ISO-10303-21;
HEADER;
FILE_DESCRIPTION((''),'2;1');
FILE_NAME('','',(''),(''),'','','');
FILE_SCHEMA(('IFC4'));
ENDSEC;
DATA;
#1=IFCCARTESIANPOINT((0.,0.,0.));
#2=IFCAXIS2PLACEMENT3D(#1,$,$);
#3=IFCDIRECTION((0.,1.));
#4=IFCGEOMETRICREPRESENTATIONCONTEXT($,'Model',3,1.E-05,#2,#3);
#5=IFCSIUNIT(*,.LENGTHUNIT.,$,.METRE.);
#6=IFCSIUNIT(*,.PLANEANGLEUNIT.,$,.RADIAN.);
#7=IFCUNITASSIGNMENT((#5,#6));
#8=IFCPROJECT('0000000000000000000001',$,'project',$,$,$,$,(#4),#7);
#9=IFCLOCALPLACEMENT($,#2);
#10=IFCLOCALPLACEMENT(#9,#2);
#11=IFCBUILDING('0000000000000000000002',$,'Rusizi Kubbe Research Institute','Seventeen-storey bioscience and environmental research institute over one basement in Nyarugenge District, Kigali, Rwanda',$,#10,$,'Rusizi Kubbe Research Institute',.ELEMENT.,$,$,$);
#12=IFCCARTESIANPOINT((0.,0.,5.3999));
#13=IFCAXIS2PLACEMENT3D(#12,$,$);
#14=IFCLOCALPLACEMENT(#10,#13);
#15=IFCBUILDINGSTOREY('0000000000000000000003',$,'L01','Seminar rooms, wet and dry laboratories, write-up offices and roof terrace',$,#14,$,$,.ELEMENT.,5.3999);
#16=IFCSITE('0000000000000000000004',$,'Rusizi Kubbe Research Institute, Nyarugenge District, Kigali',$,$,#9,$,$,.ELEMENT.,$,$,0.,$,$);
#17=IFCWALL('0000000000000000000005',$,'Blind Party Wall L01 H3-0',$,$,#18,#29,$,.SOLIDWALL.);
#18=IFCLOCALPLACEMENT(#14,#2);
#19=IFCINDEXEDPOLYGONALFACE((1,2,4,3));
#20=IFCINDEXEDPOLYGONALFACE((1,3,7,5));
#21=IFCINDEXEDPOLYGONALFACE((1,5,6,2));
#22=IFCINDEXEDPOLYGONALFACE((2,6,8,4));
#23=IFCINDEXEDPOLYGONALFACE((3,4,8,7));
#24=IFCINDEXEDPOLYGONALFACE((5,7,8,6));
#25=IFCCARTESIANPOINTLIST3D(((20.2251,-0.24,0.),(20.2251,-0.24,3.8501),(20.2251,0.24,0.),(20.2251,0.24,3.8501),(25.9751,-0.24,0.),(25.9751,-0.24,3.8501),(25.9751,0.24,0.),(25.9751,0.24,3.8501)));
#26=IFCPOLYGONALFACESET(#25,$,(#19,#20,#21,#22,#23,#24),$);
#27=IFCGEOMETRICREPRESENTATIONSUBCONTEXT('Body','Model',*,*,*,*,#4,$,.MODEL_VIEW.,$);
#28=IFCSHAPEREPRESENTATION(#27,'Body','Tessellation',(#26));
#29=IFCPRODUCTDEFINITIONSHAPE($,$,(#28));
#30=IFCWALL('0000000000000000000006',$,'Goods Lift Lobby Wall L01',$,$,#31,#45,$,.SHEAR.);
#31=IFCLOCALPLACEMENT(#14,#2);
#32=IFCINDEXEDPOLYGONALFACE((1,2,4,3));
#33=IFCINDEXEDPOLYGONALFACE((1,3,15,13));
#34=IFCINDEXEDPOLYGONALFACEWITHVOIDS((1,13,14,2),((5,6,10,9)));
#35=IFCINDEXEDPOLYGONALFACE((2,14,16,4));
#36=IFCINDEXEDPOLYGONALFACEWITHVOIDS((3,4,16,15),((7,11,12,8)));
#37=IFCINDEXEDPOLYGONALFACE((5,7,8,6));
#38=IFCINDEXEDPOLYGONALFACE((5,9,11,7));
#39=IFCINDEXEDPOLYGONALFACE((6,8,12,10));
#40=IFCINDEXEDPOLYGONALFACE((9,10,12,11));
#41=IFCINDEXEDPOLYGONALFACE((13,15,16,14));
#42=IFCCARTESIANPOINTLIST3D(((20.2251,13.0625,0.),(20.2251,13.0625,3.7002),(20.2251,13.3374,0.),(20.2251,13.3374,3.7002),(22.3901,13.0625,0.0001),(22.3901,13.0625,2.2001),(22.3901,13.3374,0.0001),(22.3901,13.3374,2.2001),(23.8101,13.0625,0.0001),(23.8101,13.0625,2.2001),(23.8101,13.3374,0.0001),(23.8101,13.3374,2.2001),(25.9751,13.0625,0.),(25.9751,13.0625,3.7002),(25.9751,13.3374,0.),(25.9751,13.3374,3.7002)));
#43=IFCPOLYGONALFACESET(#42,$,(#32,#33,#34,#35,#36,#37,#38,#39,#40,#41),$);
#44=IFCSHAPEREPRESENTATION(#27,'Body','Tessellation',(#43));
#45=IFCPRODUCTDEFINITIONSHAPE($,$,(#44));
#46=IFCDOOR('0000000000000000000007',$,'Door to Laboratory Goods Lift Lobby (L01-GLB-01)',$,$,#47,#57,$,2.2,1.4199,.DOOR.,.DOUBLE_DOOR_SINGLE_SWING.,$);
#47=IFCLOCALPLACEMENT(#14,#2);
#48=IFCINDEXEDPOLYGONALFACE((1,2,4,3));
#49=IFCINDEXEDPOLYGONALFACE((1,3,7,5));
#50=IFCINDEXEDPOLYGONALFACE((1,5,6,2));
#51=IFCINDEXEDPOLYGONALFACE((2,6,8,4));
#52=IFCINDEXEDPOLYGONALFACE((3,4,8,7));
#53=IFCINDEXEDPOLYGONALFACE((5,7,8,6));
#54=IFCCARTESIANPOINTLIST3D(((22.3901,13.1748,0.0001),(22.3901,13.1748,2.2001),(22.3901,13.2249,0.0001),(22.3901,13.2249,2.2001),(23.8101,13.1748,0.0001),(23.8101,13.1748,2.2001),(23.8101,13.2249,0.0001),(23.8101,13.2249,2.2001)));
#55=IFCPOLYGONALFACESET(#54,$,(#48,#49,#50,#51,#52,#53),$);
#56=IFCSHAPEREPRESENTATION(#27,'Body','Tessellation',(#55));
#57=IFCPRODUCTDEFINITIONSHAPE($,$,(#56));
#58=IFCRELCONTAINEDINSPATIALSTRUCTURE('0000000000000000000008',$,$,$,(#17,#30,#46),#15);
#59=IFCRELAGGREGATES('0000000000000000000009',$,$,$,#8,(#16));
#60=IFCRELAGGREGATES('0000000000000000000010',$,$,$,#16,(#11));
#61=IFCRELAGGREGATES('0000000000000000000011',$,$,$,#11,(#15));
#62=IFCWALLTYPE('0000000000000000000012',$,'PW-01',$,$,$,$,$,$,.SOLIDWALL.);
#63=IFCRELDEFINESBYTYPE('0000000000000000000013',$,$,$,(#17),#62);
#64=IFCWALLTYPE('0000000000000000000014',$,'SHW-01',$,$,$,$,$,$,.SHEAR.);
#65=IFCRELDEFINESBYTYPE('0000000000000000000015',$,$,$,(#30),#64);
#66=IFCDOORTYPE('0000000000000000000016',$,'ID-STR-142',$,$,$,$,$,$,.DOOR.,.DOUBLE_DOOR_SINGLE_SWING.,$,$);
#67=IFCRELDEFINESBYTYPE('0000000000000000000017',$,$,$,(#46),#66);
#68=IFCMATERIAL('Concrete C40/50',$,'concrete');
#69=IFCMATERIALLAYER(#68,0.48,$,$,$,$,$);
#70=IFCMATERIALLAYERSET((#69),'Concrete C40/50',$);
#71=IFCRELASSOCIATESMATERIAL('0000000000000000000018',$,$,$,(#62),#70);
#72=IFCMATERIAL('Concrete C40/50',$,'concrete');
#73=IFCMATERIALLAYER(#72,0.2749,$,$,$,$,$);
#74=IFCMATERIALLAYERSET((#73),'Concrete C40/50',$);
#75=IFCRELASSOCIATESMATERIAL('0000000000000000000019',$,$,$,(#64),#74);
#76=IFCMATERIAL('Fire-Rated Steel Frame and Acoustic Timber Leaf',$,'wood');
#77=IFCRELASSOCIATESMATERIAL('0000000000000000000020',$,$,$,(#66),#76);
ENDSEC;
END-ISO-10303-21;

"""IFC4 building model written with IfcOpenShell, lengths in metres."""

from ifc_helpers import new_model, si_unit, direction, frame, frame_2d, origin, place, context, subcontext, project, spatial, rectangle, extrude, material, layer, layer_set, type_object, element, fill, save


model = new_model("IFC4")

# Units and contexts
model_context = context("Model", 3, precision=1e-05, world=origin(), true_north=direction((0.0, 1.0)))
body_context = subcontext(model_context, "Body", "Model", "MODEL_VIEW")
ifc_project = project(units=[si_unit("LENGTHUNIT", "METRE"), si_unit("PLANEANGLEUNIT", "RADIAN")], contexts=[model_context])

# Site, building, storey
site_placement = place(None, origin())
site = spatial("IfcSite", under=ifc_project, at=site_placement, Name="Rusizi Kubbe Research Institute, Nyarugenge District, Kigali", CompositionType="ELEMENT", RefElevation=0.0)
building_placement = place(site_placement, origin())
building = spatial("IfcBuilding", under=site, at=building_placement, Name="Rusizi Kubbe Research Institute", Description="Seventeen-storey bioscience and environmental research institute over one basement in Nyarugenge District, Kigali, Rwanda", LongName="Rusizi Kubbe Research Institute", CompositionType="ELEMENT")
storey_placement = place(building_placement, frame((0.0, 0.0, 5.3999)))
storey = spatial("IfcBuildingStorey", under=building, at=storey_placement, Name="L01", Description="Seminar rooms, wet and dry laboratories, write-up offices and roof terrace", CompositionType="ELEMENT", Elevation=5.3999)

# Wall
ifc_material_1 = material(Name="Concrete C40/50", Category="concrete")
ifc_layer_1 = layer(ifc_material_1, 0.48)
ifc_layer_set_1 = layer_set([ifc_layer_1], Name="Concrete C40/50")
wall_type_1 = type_object("IfcWallType", Name="PW-01", PredefinedType="SOLIDWALL", material=ifc_layer_set_1)
wall_1_placement = place(storey_placement, frame((20.2251, 0.0, 0.0), z_axis=(0.0, 0.0, 1.0), x_axis=(1.0, 0.0, 0.0)))
element("IfcWall", 1, at=wall_1_placement, inside=storey, type_object=wall_type_1, Name="Blind Party Wall L01 H3-0", PredefinedType="SOLIDWALL", context=body_context, shape_type="SweptSolid", body=[
    extrude(rectangle(XDim=5.75, YDim=0.48, at=frame_2d((2.875, 0.0))), origin(), (0.0, 0.0, 1.0), 3.8501),
])

# Wall, opening, door
ifc_material_2 = material(Name="Concrete C40/50", Category="concrete")
ifc_layer_2 = layer(ifc_material_2, 0.2749)
ifc_layer_set_2 = layer_set([ifc_layer_2], Name="Concrete C40/50")
wall_type_2 = type_object("IfcWallType", Name="SHW-01", PredefinedType="SHEAR", material=ifc_layer_set_2)
wall_2_placement = place(storey_placement, frame((20.2251, 13.2, 0.0), z_axis=(0.0, 0.0, 1.0), x_axis=(1.0, 0.0, 0.0)))
wall_2 = element("IfcWall", 2, at=wall_2_placement, inside=storey, type_object=wall_type_2, Name="Goods Lift Lobby Wall L01", PredefinedType="SHEAR", context=body_context, shape_type="SweptSolid", body=[
    extrude(rectangle(XDim=5.75, YDim=0.2749, at=frame_2d((2.875, 0.0))), origin(), (0.0, 0.0, 1.0), 3.7002),
])
opening_1_placement = place(wall_2_placement, frame((2.165, 0.0, 0.0)))
opening_1 = element("IfcOpeningElement", 3, at=opening_1_placement, cuts=wall_2, PredefinedType="OPENING", context=body_context, shape_type="SweptSolid", body=[
    extrude(rectangle(XDim=1.4199, YDim=2.2, at=frame_2d((0.71, 1.1001))), frame((0.0, 0.1475, 0.0), z_axis=(0.0, -1.0, 0.0), x_axis=(1.0, 0.0, 0.0)), (0.0, 0.0, 1.0), 0.2949),
])
ifc_material_3 = material(Name="Fire-Rated Steel Frame and Acoustic Timber Leaf", Category="wood")
door_type_1 = type_object("IfcDoorType", Name="ID-STR-142", OperationType="DOUBLE_DOOR_SINGLE_SWING", PredefinedType="DOOR", material=ifc_material_3)
door_1_placement = place(opening_1_placement, origin())
door_1 = element("IfcDoor", 4, at=door_1_placement, inside=storey, type_object=door_type_1, Name="Door to Laboratory Goods Lift Lobby (L01-GLB-01)", OperationType="DOUBLE_DOOR_SINGLE_SWING", OverallHeight=2.2, OverallWidth=1.4199, PredefinedType="DOOR", context=body_context, shape_type="SweptSolid", body=[
    extrude(rectangle(XDim=1.4199, YDim=2.2, at=frame_2d((0.71, 1.1001))), frame((0.0, 0.0249, 0.0), z_axis=(0.0, -1.0, 0.0), x_axis=(1.0, 0.0, 0.0)), (0.0, 0.0, 1.0), 0.05),
])
fill(opening_1, door_1)

save(model, "model.ifc")
